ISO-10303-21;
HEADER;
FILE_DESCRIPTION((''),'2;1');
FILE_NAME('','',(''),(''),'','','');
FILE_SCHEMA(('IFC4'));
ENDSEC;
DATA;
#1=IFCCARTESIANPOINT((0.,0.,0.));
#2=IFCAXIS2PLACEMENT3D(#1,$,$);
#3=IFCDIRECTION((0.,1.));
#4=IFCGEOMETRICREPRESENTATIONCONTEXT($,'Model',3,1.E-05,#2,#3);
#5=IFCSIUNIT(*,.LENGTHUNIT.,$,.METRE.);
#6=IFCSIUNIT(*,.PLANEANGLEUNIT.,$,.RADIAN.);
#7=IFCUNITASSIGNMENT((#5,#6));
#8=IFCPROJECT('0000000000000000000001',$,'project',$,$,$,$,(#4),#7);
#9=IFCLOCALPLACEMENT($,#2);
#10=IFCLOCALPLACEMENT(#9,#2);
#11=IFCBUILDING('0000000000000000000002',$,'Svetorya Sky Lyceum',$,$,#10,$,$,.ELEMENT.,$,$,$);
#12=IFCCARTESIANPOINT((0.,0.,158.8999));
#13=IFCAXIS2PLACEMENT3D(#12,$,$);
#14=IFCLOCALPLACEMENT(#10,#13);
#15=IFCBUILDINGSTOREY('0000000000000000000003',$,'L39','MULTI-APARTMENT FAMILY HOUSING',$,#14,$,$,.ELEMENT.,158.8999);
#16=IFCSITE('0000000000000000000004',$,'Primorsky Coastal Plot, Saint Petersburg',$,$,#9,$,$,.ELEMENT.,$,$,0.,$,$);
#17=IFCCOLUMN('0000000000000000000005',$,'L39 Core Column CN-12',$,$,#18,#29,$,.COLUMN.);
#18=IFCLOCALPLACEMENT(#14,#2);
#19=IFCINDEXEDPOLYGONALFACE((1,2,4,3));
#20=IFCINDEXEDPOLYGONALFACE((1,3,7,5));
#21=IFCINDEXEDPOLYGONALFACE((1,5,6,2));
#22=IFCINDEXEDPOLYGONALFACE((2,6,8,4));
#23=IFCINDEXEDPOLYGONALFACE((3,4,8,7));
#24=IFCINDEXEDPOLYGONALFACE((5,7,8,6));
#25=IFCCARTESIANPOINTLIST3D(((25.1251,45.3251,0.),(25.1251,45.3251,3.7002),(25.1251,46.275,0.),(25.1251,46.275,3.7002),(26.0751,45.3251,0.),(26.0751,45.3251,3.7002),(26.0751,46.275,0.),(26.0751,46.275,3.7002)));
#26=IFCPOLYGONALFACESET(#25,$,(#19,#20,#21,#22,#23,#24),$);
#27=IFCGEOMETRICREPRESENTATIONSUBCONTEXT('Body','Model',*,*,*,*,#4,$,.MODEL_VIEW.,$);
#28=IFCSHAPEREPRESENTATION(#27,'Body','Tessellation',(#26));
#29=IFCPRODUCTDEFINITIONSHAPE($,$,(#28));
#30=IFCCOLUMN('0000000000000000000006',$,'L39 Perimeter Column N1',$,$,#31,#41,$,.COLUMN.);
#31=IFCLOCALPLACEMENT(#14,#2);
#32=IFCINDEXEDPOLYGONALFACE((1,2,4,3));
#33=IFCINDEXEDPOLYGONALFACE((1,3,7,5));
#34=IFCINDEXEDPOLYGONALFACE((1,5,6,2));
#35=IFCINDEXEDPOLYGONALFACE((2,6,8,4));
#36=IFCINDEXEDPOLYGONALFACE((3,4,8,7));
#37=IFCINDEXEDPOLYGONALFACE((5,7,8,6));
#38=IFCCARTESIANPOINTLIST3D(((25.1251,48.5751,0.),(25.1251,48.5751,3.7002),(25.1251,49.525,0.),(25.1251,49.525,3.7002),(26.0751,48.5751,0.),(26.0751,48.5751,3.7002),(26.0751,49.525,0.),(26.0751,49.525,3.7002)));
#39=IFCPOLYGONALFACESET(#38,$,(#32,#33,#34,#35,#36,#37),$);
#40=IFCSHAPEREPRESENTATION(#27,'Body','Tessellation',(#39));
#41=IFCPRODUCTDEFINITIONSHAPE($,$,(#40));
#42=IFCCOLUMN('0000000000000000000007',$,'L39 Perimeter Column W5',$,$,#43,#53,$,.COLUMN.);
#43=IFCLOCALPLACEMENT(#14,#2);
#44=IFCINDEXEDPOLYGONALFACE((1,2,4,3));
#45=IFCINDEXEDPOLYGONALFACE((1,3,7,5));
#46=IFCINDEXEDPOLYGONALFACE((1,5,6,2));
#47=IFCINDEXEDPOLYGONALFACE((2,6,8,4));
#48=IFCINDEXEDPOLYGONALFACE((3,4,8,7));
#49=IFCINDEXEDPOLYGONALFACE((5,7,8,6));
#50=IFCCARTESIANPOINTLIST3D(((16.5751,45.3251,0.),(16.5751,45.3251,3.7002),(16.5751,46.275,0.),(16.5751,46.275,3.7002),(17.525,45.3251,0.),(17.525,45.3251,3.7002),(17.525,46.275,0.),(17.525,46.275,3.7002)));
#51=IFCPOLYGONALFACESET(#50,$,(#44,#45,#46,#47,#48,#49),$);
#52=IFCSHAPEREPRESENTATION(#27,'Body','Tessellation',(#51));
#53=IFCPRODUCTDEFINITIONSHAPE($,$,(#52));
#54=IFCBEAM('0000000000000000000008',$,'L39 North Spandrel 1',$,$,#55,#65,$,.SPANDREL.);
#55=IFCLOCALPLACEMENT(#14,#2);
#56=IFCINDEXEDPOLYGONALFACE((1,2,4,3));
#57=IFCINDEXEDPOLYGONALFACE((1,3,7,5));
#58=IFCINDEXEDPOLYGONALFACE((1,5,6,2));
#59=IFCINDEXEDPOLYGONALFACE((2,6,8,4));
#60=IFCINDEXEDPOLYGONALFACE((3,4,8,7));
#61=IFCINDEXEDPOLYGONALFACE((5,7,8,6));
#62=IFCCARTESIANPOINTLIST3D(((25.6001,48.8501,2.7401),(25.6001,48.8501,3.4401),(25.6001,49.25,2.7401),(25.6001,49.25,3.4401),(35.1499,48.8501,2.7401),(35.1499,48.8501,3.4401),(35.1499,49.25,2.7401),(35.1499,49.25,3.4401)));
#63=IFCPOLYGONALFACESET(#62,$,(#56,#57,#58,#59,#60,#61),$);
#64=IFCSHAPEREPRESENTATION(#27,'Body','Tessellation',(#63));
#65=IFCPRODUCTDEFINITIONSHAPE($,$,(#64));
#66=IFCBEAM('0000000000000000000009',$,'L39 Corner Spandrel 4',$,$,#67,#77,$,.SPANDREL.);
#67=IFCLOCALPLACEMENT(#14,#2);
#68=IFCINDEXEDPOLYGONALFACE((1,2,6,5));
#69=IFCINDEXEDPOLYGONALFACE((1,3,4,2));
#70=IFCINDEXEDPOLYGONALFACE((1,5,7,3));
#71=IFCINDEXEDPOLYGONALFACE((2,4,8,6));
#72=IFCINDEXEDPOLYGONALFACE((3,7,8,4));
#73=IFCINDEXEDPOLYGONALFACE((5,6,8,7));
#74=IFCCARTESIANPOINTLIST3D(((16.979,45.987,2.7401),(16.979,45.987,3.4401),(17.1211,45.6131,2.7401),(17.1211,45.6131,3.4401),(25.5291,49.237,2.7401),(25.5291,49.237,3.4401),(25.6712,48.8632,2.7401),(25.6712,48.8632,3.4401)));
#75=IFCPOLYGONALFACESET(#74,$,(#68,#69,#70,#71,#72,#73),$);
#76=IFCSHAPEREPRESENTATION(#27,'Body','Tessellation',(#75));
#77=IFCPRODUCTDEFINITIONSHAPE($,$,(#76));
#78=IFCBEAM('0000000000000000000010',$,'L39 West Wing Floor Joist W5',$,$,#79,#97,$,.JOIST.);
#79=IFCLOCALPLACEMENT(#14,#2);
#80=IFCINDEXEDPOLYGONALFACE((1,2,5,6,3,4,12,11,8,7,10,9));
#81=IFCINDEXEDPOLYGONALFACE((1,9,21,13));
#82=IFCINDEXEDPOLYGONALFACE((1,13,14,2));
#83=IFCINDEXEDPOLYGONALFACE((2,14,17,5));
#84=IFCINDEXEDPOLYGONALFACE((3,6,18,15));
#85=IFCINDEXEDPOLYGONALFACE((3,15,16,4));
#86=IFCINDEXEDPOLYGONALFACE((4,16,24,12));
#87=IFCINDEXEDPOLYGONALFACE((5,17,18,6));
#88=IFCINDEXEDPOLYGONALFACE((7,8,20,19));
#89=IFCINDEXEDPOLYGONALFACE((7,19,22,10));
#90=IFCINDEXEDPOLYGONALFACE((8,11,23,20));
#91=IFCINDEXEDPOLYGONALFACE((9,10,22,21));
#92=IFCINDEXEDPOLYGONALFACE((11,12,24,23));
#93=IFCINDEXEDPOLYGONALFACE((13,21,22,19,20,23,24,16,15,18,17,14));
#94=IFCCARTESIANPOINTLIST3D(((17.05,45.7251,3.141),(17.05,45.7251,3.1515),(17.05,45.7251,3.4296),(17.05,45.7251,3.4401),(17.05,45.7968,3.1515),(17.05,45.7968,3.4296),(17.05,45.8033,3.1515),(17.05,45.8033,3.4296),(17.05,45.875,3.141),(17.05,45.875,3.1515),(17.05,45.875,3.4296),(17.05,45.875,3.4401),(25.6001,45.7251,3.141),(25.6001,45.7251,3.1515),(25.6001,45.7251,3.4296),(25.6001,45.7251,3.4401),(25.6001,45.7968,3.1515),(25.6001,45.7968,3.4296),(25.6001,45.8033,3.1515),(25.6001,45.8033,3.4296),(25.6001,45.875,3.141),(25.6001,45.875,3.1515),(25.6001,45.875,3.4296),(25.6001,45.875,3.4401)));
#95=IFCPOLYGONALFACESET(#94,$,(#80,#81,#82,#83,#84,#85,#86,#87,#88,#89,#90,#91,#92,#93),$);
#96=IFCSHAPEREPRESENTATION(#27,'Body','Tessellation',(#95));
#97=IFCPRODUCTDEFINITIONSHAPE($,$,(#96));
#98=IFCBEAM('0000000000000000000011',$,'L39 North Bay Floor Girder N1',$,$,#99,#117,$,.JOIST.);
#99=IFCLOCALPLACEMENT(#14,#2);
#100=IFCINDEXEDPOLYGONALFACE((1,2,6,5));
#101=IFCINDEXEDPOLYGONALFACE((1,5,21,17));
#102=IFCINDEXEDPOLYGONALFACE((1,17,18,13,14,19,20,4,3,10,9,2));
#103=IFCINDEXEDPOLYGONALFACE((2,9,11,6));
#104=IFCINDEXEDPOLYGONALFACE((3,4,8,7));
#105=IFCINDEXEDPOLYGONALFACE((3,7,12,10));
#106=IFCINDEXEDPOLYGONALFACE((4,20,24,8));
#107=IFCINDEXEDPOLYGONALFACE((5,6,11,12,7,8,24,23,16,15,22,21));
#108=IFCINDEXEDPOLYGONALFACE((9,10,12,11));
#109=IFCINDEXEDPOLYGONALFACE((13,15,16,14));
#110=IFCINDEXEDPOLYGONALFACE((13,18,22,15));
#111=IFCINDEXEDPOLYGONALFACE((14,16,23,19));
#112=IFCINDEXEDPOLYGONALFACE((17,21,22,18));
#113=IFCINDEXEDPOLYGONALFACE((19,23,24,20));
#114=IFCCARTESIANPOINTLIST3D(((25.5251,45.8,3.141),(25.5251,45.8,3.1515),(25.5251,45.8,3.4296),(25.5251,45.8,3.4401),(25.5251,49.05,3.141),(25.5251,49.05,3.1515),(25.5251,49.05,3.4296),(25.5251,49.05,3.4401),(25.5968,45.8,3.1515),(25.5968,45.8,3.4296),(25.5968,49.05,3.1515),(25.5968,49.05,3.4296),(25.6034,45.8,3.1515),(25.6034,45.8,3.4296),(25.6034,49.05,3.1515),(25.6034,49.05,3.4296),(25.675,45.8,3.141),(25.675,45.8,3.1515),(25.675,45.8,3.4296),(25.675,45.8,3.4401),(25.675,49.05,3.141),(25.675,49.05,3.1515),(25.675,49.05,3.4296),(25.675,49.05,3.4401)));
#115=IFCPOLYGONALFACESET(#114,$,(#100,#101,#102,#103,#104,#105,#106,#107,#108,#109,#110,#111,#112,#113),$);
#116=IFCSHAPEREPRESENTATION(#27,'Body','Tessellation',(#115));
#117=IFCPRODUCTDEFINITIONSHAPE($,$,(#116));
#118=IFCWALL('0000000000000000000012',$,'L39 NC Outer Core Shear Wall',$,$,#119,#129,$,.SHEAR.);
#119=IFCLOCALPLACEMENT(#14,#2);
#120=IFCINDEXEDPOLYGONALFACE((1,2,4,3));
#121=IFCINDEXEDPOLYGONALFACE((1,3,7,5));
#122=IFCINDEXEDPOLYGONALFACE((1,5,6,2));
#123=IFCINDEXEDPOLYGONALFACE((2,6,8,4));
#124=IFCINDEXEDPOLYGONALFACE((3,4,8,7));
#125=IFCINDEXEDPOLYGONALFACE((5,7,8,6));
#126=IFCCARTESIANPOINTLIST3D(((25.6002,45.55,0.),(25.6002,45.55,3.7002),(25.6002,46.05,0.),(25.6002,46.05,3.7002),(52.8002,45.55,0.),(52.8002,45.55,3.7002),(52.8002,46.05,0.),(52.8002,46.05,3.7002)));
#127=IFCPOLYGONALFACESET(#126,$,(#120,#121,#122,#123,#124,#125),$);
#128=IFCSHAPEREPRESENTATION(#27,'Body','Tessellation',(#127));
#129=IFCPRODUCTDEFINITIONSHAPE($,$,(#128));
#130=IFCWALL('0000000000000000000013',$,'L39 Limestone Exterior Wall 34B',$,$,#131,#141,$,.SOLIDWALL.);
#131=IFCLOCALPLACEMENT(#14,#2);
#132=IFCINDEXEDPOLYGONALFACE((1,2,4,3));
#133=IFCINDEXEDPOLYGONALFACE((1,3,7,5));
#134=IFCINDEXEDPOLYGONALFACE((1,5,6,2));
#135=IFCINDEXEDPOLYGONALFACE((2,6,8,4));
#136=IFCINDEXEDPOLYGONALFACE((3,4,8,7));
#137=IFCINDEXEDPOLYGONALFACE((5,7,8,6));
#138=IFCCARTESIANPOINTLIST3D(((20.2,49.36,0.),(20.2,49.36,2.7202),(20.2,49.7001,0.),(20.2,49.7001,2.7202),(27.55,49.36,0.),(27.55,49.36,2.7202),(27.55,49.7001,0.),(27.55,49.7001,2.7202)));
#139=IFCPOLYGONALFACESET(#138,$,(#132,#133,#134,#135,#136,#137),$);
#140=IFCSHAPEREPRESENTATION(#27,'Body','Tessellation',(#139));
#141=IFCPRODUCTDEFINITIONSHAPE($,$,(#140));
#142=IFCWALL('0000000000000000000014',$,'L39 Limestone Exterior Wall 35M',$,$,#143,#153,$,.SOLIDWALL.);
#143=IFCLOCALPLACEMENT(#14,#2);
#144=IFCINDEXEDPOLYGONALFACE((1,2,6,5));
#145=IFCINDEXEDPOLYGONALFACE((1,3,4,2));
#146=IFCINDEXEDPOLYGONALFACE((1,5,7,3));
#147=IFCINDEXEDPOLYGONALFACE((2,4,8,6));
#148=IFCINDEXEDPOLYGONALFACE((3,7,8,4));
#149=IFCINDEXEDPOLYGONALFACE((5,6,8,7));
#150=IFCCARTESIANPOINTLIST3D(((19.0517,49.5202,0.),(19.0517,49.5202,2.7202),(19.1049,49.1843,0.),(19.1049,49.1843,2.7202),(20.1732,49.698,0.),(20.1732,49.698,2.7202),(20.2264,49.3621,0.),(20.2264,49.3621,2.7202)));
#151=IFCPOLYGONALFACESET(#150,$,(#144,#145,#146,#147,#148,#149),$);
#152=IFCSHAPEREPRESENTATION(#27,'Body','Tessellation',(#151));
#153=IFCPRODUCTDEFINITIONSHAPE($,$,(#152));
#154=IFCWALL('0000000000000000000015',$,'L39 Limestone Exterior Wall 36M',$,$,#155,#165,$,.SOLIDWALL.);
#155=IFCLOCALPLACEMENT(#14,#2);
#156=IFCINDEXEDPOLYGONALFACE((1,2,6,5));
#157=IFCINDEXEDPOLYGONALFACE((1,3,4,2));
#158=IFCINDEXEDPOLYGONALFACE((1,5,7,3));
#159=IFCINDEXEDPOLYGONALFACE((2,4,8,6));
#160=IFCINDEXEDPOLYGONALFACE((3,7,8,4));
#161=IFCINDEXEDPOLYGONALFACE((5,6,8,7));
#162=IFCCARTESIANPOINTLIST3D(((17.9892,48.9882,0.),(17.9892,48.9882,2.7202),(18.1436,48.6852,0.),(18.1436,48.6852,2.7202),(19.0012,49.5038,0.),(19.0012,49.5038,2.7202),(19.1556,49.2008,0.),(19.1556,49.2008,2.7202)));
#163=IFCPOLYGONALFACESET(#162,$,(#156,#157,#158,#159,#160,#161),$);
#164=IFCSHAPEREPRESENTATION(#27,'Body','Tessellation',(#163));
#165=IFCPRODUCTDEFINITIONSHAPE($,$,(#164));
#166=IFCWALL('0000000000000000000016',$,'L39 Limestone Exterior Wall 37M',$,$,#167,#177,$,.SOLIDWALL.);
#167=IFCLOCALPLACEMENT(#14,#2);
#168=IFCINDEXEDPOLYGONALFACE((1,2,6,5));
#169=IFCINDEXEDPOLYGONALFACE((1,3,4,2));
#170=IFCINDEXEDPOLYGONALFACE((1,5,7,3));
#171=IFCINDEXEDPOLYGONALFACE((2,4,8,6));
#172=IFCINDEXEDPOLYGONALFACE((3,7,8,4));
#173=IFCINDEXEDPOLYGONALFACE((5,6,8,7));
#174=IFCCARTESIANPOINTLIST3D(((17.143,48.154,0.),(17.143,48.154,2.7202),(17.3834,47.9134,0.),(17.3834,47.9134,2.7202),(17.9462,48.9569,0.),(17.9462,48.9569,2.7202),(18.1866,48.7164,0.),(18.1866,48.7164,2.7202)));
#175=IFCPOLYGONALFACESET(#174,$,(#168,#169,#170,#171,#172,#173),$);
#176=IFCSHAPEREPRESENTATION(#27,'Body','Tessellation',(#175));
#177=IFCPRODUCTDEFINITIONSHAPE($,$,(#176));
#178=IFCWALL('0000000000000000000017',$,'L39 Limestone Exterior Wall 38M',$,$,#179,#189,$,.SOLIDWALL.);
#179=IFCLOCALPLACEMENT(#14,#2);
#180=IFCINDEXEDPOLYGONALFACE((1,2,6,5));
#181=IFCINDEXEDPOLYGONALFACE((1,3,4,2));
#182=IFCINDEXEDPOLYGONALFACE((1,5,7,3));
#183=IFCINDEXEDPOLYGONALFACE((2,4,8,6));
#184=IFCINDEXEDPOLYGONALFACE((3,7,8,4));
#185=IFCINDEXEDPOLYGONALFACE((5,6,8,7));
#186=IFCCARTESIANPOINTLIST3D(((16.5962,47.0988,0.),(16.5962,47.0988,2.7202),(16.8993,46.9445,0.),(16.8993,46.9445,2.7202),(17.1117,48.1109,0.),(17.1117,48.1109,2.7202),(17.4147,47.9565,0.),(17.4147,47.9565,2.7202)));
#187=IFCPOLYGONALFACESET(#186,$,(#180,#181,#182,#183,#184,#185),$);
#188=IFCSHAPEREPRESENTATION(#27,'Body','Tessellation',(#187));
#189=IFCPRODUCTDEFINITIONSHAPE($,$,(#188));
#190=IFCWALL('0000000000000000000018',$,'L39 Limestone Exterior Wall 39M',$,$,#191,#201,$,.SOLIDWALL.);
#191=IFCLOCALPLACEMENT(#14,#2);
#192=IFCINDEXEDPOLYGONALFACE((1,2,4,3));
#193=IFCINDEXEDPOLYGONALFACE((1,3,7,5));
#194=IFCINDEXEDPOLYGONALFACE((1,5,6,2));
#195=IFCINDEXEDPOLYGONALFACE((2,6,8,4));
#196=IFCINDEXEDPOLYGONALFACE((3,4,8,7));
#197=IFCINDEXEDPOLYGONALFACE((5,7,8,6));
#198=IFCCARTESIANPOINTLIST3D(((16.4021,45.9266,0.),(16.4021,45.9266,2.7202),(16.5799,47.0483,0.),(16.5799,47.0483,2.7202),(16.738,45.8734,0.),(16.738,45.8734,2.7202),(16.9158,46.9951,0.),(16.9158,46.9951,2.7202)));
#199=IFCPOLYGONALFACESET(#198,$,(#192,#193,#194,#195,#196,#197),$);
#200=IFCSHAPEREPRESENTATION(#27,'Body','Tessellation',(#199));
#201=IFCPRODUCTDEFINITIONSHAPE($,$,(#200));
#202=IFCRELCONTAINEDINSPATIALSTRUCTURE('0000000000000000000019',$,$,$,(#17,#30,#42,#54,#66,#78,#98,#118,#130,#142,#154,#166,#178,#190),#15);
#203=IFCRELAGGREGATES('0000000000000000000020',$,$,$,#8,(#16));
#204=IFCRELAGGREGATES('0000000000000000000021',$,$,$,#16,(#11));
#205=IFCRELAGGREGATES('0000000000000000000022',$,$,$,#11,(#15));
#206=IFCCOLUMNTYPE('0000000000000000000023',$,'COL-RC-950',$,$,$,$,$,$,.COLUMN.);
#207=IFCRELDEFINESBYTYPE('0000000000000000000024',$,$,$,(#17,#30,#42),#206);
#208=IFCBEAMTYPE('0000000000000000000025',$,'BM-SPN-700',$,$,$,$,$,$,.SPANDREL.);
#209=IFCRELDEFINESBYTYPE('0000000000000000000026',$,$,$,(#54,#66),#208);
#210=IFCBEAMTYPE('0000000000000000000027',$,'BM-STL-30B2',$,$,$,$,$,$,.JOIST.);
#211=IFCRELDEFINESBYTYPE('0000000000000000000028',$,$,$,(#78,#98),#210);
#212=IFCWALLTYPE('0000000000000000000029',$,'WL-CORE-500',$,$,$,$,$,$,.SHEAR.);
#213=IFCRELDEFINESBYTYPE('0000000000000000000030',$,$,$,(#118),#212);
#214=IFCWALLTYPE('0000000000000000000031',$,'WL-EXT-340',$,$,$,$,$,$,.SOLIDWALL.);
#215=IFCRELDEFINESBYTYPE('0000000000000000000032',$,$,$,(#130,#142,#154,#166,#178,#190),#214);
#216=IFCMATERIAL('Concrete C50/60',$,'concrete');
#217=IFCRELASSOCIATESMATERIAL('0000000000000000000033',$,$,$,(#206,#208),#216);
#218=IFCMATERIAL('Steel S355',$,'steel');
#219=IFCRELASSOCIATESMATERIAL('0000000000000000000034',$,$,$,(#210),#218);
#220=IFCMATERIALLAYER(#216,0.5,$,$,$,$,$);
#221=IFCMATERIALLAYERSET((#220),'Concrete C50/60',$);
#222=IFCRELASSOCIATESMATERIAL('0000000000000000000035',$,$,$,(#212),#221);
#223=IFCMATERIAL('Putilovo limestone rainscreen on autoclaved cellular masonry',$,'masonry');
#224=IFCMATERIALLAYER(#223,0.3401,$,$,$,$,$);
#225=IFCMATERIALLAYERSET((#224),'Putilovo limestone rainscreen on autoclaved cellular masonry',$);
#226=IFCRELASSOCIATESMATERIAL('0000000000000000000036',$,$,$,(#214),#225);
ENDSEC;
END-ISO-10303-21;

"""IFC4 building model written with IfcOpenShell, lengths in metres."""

from ifc_helpers import new_model, si_unit, direction, frame, frame_2d, origin, origin_2d, place, context, subcontext, project, spatial, rectangle, i_section, extrude, material, layer, layer_set, material_profile, profile_set, type_object, element, save


model = new_model("IFC4")

# Units and contexts
model_context = context("Model", 3, precision=1e-05, world=origin(), true_north=direction((0.0, 1.0)))
body_context = subcontext(model_context, "Body", "Model", "MODEL_VIEW")
ifc_project = project(units=[si_unit("LENGTHUNIT", "METRE"), si_unit("PLANEANGLEUNIT", "RADIAN")], contexts=[model_context])

# Site, building, storey
site_placement = place(None, origin())
site = spatial("IfcSite", under=ifc_project, at=site_placement, Name="Primorsky Coastal Plot, Saint Petersburg", CompositionType="ELEMENT", RefElevation=0.0)
building_placement = place(site_placement, origin())
building = spatial("IfcBuilding", under=site, at=building_placement, Name="Svetorya Sky Lyceum", CompositionType="ELEMENT")
storey_placement = place(building_placement, frame((0.0, 0.0, 158.8999)))
storey = spatial("IfcBuildingStorey", under=building, at=storey_placement, Name="L39", Description="MULTI-APARTMENT FAMILY HOUSING", CompositionType="ELEMENT", Elevation=158.8999)

# Columns
ifc_material_1 = material(Name="Concrete C50/60", Category="concrete")
ifc_material_profile_1 = material_profile(ifc_material_1, rectangle(XDim=0.95, YDim=0.95, at=origin_2d()), Name="RC COL 950x950")
ifc_profile_set_1 = profile_set([ifc_material_profile_1], Name="Concrete C50/60")
column_type = type_object("IfcColumnType", Name="COL-RC-950", PredefinedType="COLUMN", material=ifc_profile_set_1)
for number, where, z_axis, x_axis, name in (
    (1, (25.6001, 45.8, 0.0), (0.0, 0.0, 1.0), (1.0, 0.0, 0.0), "L39 Core Column CN-12"),
    (2, (25.6001, 49.05, 0.0), (0.0, 0.0, 1.0), (1.0, 0.0, 0.0), "L39 Perimeter Column N1"),
    (3, (17.05, 45.8, 0.0), (0.0, 0.0, 1.0), (1.0, 0.0, 0.0), "L39 Perimeter Column W5"),
):
    element("IfcColumn", number, at=place(storey_placement, frame(where, z_axis=z_axis, x_axis=x_axis)), inside=storey, type_object=column_type, Name=name, PredefinedType="COLUMN", context=body_context, shape_type="SweptSolid", body=[
        extrude(rectangle(XDim=0.95, YDim=0.95, at=origin_2d()), origin(), (0.0, 0.0, 1.0), 3.7002),
    ])

# Beams
ifc_material_profile_2 = material_profile(ifc_material_1, rectangle(XDim=0.3999, YDim=0.7, at=origin_2d()), Name="RC SPANDREL 400x700")
ifc_profile_set_2 = profile_set([ifc_material_profile_2], Name="Concrete C50/60")
beam_type_1 = type_object("IfcBeamType", Name="BM-SPN-700", PredefinedType="SPANDREL", material=ifc_profile_set_2)
beam_1_placement = place(storey_placement, frame((25.6001, 49.05, 3.0901), z_axis=(1.0, 0.0, 0.0), x_axis=(0.0, 1.0, 0.0)))
element("IfcBeam", 4, at=beam_1_placement, inside=storey, type_object=beam_type_1, Name="L39 North Spandrel 1", PredefinedType="SPANDREL", context=body_context, shape_type="SweptSolid", body=[
    extrude(rectangle(XDim=0.3999, YDim=0.7, at=origin_2d()), origin(), (0.0, 0.0, 1.0), 9.5498),
])
beam_2_placement = place(storey_placement, frame((17.05, 45.8, 3.0901), z_axis=(0.934748, 0.355312, 0.0), x_axis=(-0.355312, 0.934748, 0.0)))
element("IfcBeam", 5, at=beam_2_placement, inside=storey, type_object=beam_type_1, Name="L39 Corner Spandrel 4", PredefinedType="SPANDREL", context=body_context, shape_type="SweptSolid", body=[
    extrude(rectangle(XDim=0.3999, YDim=0.7, at=origin_2d()), origin(), (0.0, 0.0, 1.0), 9.147),
])
ifc_material_2 = material(Name="Steel S355", Category="steel")
ifc_material_profile_3 = material_profile(ifc_material_2, i_section(OverallWidth=0.1499, OverallDepth=0.2991, WebThickness=0.0066, FlangeThickness=0.0105, at=origin_2d()), Name="GOST 30B2")
ifc_profile_set_3 = profile_set([ifc_material_profile_3], Name="Steel S355")
beam_type_2 = type_object("IfcBeamType", Name="BM-STL-30B2", PredefinedType="JOIST", material=ifc_profile_set_3)
beam_3_placement = place(storey_placement, frame((17.05, 45.8, 3.2905), z_axis=(1.0, 0.0, 0.0), x_axis=(0.0, 1.0, 0.0)))
element("IfcBeam", 6, at=beam_3_placement, inside=storey, type_object=beam_type_2, Name="L39 West Wing Floor Joist W5", PredefinedType="JOIST", context=body_context, shape_type="SweptSolid", body=[
    extrude(i_section(OverallWidth=0.1499, OverallDepth=0.2991, WebThickness=0.0066, FlangeThickness=0.0105, at=origin_2d()), origin(), (0.0, 0.0, 1.0), 8.55),
])
beam_4_placement = place(storey_placement, frame((25.6001, 45.8, 3.2905), z_axis=(0.0, 1.0, 0.0), x_axis=(-1.0, 0.0, 0.0)))
element("IfcBeam", 7, at=beam_4_placement, inside=storey, type_object=beam_type_2, Name="L39 North Bay Floor Girder N1", PredefinedType="JOIST", context=body_context, shape_type="SweptSolid", body=[
    extrude(i_section(OverallWidth=0.1499, OverallDepth=0.2991, WebThickness=0.0066, FlangeThickness=0.0105, at=origin_2d()), origin(), (0.0, 0.0, 1.0), 3.25),
])

# Walls
ifc_layer_1 = layer(ifc_material_1, 0.5)
ifc_layer_set_1 = layer_set([ifc_layer_1], Name="Concrete C50/60")
wall_type_1 = type_object("IfcWallType", Name="WL-CORE-500", PredefinedType="SHEAR", material=ifc_layer_set_1)
wall_1_placement = place(storey_placement, frame((25.6001, 45.8, 0.0), z_axis=(0.0, 0.0, 1.0), x_axis=(1.0, 0.0, 0.0)))
element("IfcWall", 8, at=wall_1_placement, inside=storey, type_object=wall_type_1, Name="L39 NC Outer Core Shear Wall", PredefinedType="SHEAR", context=body_context, shape_type="SweptSolid", body=[
    extrude(rectangle(XDim=27.2, YDim=0.5, at=frame_2d((13.6001, 0.0))), origin(), (0.0, 0.0, 1.0), 3.7002),
])
ifc_material_3 = material(Name="Putilovo limestone rainscreen on autoclaved cellular masonry", Category="masonry")
ifc_layer_2 = layer(ifc_material_3, 0.3401)
ifc_layer_set_2 = layer_set([ifc_layer_2], Name="Putilovo limestone rainscreen on autoclaved cellular masonry")
wall_type_2 = type_object("IfcWallType", Name="WL-EXT-340", PredefinedType="SOLIDWALL", material=ifc_layer_set_2)
wall_2_placement = place(storey_placement, frame((27.55, 49.53, 0.0), z_axis=(0.0, 0.0, 1.0), x_axis=(-1.0, 0.0, 0.0)))
element("IfcWall", 9, at=wall_2_placement, inside=storey, type_object=wall_type_2, Name="L39 Limestone Exterior Wall 34B", PredefinedType="SOLIDWALL", context=body_context, shape_type="SweptSolid", body=[
    extrude(rectangle(XDim=7.3501, YDim=0.3401, at=frame_2d((3.675, 0.0))), origin(), (0.0, 0.0, 1.0), 2.7202),
])
wall_3_placement = place(storey_placement, frame((20.2, 49.53, 0.0), z_axis=(0.0, 0.0, 1.0), x_axis=(-0.987676, -0.156515, 0.0)))
element("IfcWall", 10, at=wall_3_placement, inside=storey, type_object=wall_type_2, Name="L39 Limestone Exterior Wall 35M", PredefinedType="SOLIDWALL", context=body_context, shape_type="SweptSolid", body=[
    extrude(rectangle(XDim=1.1355, YDim=0.3401, at=frame_2d((0.5679, 0.0))), origin(), (0.0, 0.0, 1.0), 2.7202),
])
for number, where, z_axis, x_axis, name in (
    (11, (19.0784, 49.3523, 0.0), (0.0, 0.0, 1.0), (-0.891005, -0.453993, 0.0), "L39 Limestone Exterior Wall 36M"),
    (12, (18.0664, 48.8367, 0.0), (0.0, 0.0, 1.0), (-0.707214, -0.706999, 0.0), "L39 Limestone Exterior Wall 37M"),
    (13, (17.2632, 48.0337, 0.0), (0.0, 0.0, 1.0), (-0.453823, -0.891092, 0.0), "L39 Limestone Exterior Wall 38M"),
    (14, (16.7478, 47.0217, 0.0), (0.0, 0.0, 1.0), (-0.156481, -0.987681, 0.0), "L39 Limestone Exterior Wall 39M"),
):
    element("IfcWall", number, at=place(storey_placement, frame(where, z_axis=z_axis, x_axis=x_axis)), inside=storey, type_object=wall_type_2, Name=name, PredefinedType="SOLIDWALL", context=body_context, shape_type="SweptSolid", body=[
        extrude(rectangle(XDim=1.1357, YDim=0.3401, at=frame_2d((0.5679, 0.0))), origin(), (0.0, 0.0, 1.0), 2.7202),
    ])

save(model, "model.ifc")
